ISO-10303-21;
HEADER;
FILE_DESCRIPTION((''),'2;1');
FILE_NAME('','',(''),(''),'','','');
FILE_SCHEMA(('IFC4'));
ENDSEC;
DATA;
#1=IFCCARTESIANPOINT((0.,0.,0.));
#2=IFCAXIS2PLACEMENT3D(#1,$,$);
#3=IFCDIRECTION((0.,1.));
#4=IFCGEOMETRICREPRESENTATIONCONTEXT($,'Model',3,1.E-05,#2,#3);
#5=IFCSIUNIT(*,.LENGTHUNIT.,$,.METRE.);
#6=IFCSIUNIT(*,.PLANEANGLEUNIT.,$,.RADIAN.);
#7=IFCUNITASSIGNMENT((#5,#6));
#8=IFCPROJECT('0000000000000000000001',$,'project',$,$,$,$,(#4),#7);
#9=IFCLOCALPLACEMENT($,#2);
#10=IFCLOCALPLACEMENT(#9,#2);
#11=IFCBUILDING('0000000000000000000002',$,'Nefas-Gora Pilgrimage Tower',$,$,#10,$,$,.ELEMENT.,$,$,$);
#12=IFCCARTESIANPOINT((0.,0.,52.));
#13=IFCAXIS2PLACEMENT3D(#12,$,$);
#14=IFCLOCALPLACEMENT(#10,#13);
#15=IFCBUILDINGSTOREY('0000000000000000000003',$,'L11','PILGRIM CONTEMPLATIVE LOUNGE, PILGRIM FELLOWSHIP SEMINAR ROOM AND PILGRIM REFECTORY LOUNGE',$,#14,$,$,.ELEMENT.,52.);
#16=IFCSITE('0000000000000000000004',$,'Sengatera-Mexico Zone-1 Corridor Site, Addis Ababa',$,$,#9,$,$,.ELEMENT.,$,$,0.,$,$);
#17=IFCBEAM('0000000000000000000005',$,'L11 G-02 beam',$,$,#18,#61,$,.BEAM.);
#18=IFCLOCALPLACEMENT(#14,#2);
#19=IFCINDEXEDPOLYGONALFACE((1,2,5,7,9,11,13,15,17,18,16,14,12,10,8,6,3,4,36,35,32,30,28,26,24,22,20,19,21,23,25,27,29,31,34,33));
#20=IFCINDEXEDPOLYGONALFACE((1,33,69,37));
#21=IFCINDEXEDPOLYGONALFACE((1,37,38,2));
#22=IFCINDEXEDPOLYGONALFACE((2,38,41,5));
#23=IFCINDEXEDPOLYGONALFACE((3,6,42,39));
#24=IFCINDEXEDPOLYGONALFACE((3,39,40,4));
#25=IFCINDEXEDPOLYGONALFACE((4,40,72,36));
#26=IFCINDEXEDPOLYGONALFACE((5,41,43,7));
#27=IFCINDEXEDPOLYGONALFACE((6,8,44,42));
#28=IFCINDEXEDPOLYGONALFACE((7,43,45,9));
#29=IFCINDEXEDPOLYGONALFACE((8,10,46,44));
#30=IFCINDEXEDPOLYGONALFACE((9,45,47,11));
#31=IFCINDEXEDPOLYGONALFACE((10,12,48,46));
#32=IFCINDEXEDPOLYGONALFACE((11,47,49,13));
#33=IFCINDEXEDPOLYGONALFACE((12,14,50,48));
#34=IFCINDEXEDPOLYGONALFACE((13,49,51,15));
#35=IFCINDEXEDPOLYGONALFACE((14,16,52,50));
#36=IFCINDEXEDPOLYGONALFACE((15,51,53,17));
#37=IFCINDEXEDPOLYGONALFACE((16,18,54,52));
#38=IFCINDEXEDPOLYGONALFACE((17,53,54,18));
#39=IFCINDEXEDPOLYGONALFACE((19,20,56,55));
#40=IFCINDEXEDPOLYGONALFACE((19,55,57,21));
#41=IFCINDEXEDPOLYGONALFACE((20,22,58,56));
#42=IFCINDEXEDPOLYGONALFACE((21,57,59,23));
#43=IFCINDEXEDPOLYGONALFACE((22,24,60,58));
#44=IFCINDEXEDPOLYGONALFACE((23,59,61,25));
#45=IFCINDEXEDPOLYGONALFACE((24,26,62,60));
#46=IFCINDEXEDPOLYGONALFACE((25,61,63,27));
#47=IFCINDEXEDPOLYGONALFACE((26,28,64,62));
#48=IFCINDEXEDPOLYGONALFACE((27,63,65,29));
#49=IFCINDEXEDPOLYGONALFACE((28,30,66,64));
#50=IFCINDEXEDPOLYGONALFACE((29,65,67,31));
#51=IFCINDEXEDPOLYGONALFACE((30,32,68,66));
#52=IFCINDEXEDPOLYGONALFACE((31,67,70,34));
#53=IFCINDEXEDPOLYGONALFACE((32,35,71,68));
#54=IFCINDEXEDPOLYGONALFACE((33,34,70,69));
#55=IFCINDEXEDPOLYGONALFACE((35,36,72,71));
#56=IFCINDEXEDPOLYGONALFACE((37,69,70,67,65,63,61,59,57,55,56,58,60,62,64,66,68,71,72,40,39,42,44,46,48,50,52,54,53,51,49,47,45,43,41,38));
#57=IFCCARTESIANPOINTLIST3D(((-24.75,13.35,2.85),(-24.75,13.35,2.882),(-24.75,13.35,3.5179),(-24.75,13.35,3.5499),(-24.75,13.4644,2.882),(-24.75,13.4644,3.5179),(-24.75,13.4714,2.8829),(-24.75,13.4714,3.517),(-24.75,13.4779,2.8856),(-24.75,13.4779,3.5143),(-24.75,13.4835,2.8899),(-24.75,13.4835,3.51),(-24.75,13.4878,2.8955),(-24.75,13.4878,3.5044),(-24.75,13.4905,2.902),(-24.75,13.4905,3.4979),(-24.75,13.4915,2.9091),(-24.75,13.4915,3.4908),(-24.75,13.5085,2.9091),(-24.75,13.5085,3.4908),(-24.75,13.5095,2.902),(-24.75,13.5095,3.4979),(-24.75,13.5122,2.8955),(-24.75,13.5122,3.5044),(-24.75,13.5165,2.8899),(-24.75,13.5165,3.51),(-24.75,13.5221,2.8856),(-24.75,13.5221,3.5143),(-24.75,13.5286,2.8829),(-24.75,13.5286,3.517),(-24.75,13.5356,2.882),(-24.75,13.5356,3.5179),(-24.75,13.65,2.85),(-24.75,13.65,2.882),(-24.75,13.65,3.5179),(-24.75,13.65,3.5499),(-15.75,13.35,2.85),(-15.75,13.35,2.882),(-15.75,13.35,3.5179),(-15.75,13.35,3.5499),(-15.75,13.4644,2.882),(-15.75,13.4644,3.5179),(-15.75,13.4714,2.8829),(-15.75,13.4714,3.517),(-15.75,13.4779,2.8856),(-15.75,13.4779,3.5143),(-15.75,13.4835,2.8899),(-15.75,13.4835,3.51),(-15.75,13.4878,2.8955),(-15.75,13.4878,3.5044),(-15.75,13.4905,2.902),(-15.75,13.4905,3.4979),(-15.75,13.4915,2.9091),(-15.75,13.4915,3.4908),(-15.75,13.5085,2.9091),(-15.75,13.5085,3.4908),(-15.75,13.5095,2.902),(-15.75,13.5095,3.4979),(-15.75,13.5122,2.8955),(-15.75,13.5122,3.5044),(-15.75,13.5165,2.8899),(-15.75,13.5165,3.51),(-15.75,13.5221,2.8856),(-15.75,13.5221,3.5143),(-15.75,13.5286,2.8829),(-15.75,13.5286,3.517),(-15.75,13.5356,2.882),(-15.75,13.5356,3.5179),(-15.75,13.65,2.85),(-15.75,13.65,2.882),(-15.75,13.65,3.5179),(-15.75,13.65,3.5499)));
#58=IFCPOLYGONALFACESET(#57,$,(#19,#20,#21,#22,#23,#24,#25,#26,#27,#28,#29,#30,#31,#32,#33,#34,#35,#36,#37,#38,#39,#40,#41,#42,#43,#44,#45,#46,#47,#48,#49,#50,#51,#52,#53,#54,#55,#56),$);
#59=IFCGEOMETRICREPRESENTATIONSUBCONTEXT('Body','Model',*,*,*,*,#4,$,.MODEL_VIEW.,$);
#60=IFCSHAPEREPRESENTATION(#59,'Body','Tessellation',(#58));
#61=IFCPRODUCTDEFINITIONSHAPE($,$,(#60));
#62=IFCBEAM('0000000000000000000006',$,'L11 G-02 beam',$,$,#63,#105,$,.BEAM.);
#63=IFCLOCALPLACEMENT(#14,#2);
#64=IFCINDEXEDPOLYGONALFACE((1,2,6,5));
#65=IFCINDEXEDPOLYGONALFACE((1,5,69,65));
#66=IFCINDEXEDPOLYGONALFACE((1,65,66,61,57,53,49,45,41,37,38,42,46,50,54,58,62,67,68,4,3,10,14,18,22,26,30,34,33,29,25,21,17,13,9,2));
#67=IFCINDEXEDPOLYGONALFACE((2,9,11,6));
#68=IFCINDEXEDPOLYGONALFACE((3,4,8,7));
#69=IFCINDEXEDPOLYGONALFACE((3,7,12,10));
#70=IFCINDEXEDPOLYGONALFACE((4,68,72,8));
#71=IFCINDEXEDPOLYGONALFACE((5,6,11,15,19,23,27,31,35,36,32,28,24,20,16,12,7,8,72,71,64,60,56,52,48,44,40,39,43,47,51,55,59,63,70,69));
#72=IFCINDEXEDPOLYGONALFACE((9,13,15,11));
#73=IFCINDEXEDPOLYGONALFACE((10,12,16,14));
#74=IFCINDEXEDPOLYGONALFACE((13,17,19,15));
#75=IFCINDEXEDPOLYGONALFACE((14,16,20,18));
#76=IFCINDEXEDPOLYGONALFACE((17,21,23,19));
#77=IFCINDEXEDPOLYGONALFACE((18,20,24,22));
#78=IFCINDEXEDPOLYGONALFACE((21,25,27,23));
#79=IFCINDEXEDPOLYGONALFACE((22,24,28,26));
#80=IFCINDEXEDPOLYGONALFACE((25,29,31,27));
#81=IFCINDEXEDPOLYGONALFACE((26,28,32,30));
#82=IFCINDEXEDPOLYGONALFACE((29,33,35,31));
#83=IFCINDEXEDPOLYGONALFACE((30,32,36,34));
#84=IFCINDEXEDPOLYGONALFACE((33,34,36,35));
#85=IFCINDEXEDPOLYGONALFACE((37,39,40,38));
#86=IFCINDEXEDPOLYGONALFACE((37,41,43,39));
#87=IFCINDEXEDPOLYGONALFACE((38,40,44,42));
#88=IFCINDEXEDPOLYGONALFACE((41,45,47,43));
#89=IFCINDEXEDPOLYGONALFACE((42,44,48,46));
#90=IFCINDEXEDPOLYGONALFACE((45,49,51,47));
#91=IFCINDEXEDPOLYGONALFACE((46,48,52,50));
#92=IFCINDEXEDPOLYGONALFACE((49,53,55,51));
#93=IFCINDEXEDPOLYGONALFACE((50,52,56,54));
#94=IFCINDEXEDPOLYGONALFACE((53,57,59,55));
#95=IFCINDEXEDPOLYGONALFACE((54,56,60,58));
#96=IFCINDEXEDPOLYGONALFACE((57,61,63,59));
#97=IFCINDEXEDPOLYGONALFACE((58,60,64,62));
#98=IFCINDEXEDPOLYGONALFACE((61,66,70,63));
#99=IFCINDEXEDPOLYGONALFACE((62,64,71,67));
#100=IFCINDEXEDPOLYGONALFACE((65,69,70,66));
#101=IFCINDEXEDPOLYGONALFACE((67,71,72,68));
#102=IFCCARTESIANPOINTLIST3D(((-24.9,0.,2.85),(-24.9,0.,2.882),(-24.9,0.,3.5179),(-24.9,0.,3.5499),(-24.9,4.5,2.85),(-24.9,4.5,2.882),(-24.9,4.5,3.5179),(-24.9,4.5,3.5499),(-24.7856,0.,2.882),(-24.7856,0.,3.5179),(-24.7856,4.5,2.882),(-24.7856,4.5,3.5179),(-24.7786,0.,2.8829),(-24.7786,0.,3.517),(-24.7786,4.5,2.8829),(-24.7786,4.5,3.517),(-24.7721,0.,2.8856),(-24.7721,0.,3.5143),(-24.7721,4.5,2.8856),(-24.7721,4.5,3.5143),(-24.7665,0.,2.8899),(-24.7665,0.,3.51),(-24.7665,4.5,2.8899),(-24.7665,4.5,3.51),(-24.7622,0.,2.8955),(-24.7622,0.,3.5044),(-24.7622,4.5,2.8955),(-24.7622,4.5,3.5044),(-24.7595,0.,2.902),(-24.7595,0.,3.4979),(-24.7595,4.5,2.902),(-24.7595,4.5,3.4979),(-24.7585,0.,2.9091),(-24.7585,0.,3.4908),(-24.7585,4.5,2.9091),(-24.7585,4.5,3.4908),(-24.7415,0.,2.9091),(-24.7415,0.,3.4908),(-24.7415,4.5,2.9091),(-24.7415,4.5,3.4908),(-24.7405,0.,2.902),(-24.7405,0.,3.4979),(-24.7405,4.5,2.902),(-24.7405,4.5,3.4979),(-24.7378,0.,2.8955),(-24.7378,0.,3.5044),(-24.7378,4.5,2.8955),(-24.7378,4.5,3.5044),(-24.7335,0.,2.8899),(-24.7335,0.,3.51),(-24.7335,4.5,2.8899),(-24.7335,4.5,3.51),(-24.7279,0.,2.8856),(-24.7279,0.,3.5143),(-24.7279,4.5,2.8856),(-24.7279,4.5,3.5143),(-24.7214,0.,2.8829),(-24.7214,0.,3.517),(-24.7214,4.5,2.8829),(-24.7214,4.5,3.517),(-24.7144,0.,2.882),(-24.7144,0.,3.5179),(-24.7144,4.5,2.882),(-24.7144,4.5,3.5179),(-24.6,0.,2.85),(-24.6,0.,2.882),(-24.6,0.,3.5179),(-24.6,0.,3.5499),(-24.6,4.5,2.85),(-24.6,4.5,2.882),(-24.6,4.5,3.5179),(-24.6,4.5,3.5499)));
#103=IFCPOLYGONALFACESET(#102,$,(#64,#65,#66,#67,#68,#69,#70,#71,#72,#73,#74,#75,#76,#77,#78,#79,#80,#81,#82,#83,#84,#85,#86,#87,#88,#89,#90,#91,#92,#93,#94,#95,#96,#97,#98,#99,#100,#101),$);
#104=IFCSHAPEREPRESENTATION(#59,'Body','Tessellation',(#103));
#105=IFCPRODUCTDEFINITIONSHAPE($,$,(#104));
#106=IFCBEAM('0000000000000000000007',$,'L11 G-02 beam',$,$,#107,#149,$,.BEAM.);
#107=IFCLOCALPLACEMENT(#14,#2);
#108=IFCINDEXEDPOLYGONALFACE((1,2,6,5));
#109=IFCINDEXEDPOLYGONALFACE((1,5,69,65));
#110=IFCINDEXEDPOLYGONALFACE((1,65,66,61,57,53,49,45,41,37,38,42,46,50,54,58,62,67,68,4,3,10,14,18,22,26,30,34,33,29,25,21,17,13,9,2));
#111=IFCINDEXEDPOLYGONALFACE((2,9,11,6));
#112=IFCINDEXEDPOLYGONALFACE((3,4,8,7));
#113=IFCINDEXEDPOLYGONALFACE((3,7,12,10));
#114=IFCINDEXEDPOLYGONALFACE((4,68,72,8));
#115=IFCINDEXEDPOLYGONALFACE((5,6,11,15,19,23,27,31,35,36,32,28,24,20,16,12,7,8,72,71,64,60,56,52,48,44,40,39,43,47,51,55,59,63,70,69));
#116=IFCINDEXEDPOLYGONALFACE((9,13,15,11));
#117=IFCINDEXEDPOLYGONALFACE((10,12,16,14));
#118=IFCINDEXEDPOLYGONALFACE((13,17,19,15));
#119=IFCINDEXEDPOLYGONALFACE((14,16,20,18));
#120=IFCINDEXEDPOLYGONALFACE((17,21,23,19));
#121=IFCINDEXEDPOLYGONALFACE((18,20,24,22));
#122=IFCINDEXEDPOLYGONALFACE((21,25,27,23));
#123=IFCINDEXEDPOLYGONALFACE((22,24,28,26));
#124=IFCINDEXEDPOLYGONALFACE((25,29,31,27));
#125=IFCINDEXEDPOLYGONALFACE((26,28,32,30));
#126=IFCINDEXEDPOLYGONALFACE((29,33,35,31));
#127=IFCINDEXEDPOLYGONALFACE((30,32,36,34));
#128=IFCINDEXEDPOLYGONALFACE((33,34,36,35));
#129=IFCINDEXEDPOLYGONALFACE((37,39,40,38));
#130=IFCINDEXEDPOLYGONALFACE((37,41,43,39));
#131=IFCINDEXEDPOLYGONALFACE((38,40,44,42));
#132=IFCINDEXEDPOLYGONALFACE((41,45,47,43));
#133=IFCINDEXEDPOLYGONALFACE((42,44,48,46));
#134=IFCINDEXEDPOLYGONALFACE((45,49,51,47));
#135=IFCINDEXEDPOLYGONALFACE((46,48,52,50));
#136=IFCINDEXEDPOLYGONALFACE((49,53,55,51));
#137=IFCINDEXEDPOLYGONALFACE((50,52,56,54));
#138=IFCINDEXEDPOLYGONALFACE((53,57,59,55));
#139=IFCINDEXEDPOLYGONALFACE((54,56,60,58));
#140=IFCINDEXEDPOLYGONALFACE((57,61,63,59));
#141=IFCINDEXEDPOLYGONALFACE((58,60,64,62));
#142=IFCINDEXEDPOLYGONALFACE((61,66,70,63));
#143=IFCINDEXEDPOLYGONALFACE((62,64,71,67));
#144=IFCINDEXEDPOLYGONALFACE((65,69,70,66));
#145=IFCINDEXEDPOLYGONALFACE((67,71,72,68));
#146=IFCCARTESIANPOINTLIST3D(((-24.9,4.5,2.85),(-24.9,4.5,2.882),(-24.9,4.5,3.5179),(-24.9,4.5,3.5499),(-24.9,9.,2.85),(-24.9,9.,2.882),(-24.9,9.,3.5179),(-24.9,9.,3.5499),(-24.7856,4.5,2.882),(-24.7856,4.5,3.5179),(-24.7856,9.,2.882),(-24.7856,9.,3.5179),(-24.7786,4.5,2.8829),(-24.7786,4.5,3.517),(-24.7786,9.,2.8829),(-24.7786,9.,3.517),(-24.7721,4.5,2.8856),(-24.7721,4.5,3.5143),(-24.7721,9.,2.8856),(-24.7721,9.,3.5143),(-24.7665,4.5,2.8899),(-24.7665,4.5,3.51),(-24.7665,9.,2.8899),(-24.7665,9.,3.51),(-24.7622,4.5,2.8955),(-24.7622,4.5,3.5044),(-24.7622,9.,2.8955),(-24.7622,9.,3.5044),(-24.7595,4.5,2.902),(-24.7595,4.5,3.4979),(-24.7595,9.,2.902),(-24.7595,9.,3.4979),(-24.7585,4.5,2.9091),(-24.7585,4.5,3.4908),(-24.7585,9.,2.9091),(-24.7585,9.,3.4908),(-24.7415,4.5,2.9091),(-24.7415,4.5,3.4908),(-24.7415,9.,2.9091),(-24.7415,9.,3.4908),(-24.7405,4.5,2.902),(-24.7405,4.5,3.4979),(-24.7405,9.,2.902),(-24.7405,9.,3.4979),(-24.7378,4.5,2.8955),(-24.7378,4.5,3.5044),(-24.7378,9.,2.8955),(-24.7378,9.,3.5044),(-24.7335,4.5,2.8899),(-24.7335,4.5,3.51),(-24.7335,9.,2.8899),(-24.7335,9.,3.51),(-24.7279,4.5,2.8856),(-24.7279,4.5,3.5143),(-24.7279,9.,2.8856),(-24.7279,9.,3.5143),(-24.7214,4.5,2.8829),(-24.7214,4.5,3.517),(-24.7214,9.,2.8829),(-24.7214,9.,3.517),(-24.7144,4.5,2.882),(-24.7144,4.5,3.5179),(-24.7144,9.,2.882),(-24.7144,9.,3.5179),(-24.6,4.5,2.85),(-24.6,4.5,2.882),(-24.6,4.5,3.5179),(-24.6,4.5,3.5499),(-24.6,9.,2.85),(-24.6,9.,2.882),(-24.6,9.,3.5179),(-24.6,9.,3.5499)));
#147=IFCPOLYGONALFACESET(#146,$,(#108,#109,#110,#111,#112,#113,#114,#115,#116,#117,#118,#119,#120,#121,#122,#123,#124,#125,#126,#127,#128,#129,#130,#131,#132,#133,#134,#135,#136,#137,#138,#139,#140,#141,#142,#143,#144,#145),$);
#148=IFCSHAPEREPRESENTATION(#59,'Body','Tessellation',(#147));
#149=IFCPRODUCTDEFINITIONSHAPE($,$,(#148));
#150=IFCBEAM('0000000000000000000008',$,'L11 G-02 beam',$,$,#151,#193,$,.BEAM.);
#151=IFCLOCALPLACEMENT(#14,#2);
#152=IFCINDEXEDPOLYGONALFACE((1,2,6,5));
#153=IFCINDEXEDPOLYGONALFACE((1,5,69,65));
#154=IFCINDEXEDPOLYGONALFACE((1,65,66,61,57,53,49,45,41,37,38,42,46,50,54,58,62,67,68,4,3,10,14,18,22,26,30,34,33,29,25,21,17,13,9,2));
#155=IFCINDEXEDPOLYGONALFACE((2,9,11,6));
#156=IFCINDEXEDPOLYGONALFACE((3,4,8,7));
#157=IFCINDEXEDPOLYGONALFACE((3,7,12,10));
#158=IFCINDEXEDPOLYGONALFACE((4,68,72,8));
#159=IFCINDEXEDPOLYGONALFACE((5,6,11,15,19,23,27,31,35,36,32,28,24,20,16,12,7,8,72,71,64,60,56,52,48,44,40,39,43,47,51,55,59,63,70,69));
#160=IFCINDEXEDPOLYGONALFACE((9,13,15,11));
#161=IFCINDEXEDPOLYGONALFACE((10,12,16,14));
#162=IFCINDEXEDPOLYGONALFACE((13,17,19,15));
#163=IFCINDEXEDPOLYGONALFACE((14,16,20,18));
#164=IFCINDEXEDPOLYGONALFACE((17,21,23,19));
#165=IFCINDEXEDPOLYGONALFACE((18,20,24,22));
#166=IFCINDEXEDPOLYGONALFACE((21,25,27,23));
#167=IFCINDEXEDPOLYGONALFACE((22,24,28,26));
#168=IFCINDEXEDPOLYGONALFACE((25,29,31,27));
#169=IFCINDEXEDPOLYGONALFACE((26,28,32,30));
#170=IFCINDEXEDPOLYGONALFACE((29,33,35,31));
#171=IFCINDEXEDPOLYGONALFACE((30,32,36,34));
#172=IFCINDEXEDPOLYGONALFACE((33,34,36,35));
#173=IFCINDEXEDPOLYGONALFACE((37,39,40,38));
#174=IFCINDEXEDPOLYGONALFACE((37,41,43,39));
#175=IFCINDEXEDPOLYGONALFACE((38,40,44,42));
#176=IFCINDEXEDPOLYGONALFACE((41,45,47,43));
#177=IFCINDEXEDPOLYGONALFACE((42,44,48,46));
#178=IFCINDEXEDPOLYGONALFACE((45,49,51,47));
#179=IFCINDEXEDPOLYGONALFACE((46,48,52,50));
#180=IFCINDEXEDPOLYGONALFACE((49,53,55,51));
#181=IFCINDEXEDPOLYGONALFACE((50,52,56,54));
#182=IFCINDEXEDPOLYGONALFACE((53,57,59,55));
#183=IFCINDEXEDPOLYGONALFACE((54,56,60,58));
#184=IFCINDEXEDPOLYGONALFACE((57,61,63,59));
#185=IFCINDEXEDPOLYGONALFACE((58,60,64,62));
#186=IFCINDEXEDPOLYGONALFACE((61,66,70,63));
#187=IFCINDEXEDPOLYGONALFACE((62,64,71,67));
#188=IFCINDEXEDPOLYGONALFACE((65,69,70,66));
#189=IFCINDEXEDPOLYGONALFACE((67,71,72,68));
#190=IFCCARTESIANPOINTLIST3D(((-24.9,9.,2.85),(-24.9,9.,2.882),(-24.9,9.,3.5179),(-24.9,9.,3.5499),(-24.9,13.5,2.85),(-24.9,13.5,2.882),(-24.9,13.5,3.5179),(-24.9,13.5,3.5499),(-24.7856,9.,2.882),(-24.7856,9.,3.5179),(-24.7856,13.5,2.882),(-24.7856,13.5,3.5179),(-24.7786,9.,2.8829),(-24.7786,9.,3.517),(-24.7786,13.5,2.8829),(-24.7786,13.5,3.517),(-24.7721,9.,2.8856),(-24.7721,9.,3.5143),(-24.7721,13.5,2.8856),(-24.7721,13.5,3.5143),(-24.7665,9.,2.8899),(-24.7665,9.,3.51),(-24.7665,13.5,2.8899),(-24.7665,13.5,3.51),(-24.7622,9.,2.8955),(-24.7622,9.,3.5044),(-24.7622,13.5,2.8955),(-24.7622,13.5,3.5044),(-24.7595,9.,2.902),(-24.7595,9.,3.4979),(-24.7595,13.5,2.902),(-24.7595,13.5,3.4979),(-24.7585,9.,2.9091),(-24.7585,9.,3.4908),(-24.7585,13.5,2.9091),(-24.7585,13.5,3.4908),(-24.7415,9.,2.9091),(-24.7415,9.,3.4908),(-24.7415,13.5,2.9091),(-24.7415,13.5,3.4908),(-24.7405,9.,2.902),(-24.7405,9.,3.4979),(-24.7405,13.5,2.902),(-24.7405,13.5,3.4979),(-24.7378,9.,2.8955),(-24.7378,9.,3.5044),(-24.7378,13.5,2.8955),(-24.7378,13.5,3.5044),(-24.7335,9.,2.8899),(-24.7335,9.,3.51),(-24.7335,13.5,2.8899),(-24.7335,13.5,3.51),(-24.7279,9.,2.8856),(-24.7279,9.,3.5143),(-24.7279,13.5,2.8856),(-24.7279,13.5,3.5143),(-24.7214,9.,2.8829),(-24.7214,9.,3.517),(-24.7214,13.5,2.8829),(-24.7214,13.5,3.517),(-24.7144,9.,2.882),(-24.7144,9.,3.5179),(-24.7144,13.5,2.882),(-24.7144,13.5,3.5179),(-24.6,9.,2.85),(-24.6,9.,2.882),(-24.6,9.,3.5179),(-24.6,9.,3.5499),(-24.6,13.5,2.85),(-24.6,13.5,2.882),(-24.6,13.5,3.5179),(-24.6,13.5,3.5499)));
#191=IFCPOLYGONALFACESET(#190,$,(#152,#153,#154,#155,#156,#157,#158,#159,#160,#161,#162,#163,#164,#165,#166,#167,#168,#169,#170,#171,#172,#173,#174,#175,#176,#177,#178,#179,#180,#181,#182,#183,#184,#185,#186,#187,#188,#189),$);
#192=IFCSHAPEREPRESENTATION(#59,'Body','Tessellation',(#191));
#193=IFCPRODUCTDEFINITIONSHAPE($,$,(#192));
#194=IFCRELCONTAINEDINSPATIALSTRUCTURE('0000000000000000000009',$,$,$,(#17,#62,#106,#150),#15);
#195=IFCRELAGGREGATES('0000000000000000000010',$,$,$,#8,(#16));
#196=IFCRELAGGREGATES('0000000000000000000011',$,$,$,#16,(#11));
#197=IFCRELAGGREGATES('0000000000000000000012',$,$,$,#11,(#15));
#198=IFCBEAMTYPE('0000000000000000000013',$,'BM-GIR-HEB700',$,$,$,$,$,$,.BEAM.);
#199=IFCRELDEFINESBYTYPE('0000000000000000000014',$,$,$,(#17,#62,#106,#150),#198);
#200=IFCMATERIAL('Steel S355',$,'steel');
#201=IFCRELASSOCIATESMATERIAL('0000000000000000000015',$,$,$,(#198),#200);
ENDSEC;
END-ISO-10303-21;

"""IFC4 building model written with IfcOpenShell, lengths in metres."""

from ifc_helpers import new_model, si_unit, direction, frame, origin, origin_2d, place, context, subcontext, project, spatial, i_section, extrude, source, transform, mapped, material, material_profile, profile_set, type_object, element, save


model = new_model("IFC4")

# Units and contexts
model_context = context("Model", 3, precision=1e-05, world=origin(), true_north=direction((0.0, 1.0)))
body_context = subcontext(model_context, "Body", "Model", "MODEL_VIEW")
ifc_project = project(units=[si_unit("LENGTHUNIT", "METRE"), si_unit("PLANEANGLEUNIT", "RADIAN")], contexts=[model_context])

# Site, building, storey
site_placement = place(None, origin())
site = spatial("IfcSite", under=ifc_project, at=site_placement, Name="Sengatera-Mexico Zone-1 Corridor Site, Addis Ababa", CompositionType="ELEMENT", RefElevation=0.0)
building_placement = place(site_placement, origin())
building = spatial("IfcBuilding", under=site, at=building_placement, Name="Nefas-Gora Pilgrimage Tower", CompositionType="ELEMENT")
storey_placement = place(building_placement, frame((0.0, 0.0, 52.0)))
storey = spatial("IfcBuildingStorey", under=building, at=storey_placement, Name="L11", Description="PILGRIM CONTEMPLATIVE LOUNGE, PILGRIM FELLOWSHIP SEMINAR ROOM AND PILGRIM REFECTORY LOUNGE", CompositionType="ELEMENT", Elevation=52.0)

# Beams
ifc_material_1 = material(Name="Steel S355", Category="steel")
ifc_material_profile_1 = material_profile(ifc_material_1, i_section(OverallWidth=0.3, OverallDepth=0.7, WebThickness=0.0171, FlangeThickness=0.032, FilletRadius=0.0271, at=origin_2d()), Name="HEB 700")
ifc_profile_set_1 = profile_set([ifc_material_profile_1], Name="Steel S355")
beam_type_1 = type_object("IfcBeamType", Name="BM-GIR-HEB700", PredefinedType="BEAM", material=ifc_profile_set_1)
shared_shape_1 = source(origin(), body_context, "Body", "SweptSolid", [
    extrude(i_section(OverallWidth=0.3, OverallDepth=0.7, WebThickness=0.0171, FlangeThickness=0.032, FilletRadius=0.0271, at=origin_2d()), origin(), (0.0, 0.0, 1.0), 9.0),
])
for number, where, z_axis, x_axis, name in (
    (1, (-24.75, 13.5, 3.2), (1.0, 0.0, 0.0), (0.0, 1.0, 0.0), "L11 G-02 beam"),
):
    element("IfcBeam", number, at=place(storey_placement, frame(where, z_axis=z_axis, x_axis=x_axis)), inside=storey, type_object=beam_type_1, Name=name, PredefinedType="BEAM", context=body_context, shape_type="MappedRepresentation", body=[
        mapped(shared_shape_1, transform((0.0, 0.0, 0.0), x_axis=(1.0, 0.0, 0.0), y_axis=(0.0, 1.0, 0.0), z_axis=(0.0, 0.0, 1.0), scale=1.0)),
    ])
shared_shape_2 = source(origin(), body_context, "Body", "SweptSolid", [
    extrude(i_section(OverallWidth=0.3, OverallDepth=0.7, WebThickness=0.0171, FlangeThickness=0.032, FilletRadius=0.0271, at=origin_2d()), origin(), (0.0, 0.0, 1.0), 4.5),
])
for number, where, z_axis, x_axis, name in (
    (2, (-24.75, 0.0, 3.2), (0.0, 1.0, 0.0), (-1.0, 0.0, 0.0), "L11 G-02 beam"),
    (3, (-24.75, 4.5, 3.2), (0.0, 1.0, 0.0), (-1.0, 0.0, 0.0), "L11 G-02 beam"),
    (4, (-24.75, 9.0, 3.2), (0.0, 1.0, 0.0), (-1.0, 0.0, 0.0), "L11 G-02 beam"),
):
    element("IfcBeam", number, at=place(storey_placement, frame(where, z_axis=z_axis, x_axis=x_axis)), inside=storey, type_object=beam_type_1, Name=name, PredefinedType="BEAM", context=body_context, shape_type="MappedRepresentation", body=[
        mapped(shared_shape_2, transform((0.0, 0.0, 0.0), x_axis=(1.0, 0.0, 0.0), y_axis=(0.0, 1.0, 0.0), z_axis=(0.0, 0.0, 1.0), scale=1.0)),
    ])

save(model, "model.ifc")
